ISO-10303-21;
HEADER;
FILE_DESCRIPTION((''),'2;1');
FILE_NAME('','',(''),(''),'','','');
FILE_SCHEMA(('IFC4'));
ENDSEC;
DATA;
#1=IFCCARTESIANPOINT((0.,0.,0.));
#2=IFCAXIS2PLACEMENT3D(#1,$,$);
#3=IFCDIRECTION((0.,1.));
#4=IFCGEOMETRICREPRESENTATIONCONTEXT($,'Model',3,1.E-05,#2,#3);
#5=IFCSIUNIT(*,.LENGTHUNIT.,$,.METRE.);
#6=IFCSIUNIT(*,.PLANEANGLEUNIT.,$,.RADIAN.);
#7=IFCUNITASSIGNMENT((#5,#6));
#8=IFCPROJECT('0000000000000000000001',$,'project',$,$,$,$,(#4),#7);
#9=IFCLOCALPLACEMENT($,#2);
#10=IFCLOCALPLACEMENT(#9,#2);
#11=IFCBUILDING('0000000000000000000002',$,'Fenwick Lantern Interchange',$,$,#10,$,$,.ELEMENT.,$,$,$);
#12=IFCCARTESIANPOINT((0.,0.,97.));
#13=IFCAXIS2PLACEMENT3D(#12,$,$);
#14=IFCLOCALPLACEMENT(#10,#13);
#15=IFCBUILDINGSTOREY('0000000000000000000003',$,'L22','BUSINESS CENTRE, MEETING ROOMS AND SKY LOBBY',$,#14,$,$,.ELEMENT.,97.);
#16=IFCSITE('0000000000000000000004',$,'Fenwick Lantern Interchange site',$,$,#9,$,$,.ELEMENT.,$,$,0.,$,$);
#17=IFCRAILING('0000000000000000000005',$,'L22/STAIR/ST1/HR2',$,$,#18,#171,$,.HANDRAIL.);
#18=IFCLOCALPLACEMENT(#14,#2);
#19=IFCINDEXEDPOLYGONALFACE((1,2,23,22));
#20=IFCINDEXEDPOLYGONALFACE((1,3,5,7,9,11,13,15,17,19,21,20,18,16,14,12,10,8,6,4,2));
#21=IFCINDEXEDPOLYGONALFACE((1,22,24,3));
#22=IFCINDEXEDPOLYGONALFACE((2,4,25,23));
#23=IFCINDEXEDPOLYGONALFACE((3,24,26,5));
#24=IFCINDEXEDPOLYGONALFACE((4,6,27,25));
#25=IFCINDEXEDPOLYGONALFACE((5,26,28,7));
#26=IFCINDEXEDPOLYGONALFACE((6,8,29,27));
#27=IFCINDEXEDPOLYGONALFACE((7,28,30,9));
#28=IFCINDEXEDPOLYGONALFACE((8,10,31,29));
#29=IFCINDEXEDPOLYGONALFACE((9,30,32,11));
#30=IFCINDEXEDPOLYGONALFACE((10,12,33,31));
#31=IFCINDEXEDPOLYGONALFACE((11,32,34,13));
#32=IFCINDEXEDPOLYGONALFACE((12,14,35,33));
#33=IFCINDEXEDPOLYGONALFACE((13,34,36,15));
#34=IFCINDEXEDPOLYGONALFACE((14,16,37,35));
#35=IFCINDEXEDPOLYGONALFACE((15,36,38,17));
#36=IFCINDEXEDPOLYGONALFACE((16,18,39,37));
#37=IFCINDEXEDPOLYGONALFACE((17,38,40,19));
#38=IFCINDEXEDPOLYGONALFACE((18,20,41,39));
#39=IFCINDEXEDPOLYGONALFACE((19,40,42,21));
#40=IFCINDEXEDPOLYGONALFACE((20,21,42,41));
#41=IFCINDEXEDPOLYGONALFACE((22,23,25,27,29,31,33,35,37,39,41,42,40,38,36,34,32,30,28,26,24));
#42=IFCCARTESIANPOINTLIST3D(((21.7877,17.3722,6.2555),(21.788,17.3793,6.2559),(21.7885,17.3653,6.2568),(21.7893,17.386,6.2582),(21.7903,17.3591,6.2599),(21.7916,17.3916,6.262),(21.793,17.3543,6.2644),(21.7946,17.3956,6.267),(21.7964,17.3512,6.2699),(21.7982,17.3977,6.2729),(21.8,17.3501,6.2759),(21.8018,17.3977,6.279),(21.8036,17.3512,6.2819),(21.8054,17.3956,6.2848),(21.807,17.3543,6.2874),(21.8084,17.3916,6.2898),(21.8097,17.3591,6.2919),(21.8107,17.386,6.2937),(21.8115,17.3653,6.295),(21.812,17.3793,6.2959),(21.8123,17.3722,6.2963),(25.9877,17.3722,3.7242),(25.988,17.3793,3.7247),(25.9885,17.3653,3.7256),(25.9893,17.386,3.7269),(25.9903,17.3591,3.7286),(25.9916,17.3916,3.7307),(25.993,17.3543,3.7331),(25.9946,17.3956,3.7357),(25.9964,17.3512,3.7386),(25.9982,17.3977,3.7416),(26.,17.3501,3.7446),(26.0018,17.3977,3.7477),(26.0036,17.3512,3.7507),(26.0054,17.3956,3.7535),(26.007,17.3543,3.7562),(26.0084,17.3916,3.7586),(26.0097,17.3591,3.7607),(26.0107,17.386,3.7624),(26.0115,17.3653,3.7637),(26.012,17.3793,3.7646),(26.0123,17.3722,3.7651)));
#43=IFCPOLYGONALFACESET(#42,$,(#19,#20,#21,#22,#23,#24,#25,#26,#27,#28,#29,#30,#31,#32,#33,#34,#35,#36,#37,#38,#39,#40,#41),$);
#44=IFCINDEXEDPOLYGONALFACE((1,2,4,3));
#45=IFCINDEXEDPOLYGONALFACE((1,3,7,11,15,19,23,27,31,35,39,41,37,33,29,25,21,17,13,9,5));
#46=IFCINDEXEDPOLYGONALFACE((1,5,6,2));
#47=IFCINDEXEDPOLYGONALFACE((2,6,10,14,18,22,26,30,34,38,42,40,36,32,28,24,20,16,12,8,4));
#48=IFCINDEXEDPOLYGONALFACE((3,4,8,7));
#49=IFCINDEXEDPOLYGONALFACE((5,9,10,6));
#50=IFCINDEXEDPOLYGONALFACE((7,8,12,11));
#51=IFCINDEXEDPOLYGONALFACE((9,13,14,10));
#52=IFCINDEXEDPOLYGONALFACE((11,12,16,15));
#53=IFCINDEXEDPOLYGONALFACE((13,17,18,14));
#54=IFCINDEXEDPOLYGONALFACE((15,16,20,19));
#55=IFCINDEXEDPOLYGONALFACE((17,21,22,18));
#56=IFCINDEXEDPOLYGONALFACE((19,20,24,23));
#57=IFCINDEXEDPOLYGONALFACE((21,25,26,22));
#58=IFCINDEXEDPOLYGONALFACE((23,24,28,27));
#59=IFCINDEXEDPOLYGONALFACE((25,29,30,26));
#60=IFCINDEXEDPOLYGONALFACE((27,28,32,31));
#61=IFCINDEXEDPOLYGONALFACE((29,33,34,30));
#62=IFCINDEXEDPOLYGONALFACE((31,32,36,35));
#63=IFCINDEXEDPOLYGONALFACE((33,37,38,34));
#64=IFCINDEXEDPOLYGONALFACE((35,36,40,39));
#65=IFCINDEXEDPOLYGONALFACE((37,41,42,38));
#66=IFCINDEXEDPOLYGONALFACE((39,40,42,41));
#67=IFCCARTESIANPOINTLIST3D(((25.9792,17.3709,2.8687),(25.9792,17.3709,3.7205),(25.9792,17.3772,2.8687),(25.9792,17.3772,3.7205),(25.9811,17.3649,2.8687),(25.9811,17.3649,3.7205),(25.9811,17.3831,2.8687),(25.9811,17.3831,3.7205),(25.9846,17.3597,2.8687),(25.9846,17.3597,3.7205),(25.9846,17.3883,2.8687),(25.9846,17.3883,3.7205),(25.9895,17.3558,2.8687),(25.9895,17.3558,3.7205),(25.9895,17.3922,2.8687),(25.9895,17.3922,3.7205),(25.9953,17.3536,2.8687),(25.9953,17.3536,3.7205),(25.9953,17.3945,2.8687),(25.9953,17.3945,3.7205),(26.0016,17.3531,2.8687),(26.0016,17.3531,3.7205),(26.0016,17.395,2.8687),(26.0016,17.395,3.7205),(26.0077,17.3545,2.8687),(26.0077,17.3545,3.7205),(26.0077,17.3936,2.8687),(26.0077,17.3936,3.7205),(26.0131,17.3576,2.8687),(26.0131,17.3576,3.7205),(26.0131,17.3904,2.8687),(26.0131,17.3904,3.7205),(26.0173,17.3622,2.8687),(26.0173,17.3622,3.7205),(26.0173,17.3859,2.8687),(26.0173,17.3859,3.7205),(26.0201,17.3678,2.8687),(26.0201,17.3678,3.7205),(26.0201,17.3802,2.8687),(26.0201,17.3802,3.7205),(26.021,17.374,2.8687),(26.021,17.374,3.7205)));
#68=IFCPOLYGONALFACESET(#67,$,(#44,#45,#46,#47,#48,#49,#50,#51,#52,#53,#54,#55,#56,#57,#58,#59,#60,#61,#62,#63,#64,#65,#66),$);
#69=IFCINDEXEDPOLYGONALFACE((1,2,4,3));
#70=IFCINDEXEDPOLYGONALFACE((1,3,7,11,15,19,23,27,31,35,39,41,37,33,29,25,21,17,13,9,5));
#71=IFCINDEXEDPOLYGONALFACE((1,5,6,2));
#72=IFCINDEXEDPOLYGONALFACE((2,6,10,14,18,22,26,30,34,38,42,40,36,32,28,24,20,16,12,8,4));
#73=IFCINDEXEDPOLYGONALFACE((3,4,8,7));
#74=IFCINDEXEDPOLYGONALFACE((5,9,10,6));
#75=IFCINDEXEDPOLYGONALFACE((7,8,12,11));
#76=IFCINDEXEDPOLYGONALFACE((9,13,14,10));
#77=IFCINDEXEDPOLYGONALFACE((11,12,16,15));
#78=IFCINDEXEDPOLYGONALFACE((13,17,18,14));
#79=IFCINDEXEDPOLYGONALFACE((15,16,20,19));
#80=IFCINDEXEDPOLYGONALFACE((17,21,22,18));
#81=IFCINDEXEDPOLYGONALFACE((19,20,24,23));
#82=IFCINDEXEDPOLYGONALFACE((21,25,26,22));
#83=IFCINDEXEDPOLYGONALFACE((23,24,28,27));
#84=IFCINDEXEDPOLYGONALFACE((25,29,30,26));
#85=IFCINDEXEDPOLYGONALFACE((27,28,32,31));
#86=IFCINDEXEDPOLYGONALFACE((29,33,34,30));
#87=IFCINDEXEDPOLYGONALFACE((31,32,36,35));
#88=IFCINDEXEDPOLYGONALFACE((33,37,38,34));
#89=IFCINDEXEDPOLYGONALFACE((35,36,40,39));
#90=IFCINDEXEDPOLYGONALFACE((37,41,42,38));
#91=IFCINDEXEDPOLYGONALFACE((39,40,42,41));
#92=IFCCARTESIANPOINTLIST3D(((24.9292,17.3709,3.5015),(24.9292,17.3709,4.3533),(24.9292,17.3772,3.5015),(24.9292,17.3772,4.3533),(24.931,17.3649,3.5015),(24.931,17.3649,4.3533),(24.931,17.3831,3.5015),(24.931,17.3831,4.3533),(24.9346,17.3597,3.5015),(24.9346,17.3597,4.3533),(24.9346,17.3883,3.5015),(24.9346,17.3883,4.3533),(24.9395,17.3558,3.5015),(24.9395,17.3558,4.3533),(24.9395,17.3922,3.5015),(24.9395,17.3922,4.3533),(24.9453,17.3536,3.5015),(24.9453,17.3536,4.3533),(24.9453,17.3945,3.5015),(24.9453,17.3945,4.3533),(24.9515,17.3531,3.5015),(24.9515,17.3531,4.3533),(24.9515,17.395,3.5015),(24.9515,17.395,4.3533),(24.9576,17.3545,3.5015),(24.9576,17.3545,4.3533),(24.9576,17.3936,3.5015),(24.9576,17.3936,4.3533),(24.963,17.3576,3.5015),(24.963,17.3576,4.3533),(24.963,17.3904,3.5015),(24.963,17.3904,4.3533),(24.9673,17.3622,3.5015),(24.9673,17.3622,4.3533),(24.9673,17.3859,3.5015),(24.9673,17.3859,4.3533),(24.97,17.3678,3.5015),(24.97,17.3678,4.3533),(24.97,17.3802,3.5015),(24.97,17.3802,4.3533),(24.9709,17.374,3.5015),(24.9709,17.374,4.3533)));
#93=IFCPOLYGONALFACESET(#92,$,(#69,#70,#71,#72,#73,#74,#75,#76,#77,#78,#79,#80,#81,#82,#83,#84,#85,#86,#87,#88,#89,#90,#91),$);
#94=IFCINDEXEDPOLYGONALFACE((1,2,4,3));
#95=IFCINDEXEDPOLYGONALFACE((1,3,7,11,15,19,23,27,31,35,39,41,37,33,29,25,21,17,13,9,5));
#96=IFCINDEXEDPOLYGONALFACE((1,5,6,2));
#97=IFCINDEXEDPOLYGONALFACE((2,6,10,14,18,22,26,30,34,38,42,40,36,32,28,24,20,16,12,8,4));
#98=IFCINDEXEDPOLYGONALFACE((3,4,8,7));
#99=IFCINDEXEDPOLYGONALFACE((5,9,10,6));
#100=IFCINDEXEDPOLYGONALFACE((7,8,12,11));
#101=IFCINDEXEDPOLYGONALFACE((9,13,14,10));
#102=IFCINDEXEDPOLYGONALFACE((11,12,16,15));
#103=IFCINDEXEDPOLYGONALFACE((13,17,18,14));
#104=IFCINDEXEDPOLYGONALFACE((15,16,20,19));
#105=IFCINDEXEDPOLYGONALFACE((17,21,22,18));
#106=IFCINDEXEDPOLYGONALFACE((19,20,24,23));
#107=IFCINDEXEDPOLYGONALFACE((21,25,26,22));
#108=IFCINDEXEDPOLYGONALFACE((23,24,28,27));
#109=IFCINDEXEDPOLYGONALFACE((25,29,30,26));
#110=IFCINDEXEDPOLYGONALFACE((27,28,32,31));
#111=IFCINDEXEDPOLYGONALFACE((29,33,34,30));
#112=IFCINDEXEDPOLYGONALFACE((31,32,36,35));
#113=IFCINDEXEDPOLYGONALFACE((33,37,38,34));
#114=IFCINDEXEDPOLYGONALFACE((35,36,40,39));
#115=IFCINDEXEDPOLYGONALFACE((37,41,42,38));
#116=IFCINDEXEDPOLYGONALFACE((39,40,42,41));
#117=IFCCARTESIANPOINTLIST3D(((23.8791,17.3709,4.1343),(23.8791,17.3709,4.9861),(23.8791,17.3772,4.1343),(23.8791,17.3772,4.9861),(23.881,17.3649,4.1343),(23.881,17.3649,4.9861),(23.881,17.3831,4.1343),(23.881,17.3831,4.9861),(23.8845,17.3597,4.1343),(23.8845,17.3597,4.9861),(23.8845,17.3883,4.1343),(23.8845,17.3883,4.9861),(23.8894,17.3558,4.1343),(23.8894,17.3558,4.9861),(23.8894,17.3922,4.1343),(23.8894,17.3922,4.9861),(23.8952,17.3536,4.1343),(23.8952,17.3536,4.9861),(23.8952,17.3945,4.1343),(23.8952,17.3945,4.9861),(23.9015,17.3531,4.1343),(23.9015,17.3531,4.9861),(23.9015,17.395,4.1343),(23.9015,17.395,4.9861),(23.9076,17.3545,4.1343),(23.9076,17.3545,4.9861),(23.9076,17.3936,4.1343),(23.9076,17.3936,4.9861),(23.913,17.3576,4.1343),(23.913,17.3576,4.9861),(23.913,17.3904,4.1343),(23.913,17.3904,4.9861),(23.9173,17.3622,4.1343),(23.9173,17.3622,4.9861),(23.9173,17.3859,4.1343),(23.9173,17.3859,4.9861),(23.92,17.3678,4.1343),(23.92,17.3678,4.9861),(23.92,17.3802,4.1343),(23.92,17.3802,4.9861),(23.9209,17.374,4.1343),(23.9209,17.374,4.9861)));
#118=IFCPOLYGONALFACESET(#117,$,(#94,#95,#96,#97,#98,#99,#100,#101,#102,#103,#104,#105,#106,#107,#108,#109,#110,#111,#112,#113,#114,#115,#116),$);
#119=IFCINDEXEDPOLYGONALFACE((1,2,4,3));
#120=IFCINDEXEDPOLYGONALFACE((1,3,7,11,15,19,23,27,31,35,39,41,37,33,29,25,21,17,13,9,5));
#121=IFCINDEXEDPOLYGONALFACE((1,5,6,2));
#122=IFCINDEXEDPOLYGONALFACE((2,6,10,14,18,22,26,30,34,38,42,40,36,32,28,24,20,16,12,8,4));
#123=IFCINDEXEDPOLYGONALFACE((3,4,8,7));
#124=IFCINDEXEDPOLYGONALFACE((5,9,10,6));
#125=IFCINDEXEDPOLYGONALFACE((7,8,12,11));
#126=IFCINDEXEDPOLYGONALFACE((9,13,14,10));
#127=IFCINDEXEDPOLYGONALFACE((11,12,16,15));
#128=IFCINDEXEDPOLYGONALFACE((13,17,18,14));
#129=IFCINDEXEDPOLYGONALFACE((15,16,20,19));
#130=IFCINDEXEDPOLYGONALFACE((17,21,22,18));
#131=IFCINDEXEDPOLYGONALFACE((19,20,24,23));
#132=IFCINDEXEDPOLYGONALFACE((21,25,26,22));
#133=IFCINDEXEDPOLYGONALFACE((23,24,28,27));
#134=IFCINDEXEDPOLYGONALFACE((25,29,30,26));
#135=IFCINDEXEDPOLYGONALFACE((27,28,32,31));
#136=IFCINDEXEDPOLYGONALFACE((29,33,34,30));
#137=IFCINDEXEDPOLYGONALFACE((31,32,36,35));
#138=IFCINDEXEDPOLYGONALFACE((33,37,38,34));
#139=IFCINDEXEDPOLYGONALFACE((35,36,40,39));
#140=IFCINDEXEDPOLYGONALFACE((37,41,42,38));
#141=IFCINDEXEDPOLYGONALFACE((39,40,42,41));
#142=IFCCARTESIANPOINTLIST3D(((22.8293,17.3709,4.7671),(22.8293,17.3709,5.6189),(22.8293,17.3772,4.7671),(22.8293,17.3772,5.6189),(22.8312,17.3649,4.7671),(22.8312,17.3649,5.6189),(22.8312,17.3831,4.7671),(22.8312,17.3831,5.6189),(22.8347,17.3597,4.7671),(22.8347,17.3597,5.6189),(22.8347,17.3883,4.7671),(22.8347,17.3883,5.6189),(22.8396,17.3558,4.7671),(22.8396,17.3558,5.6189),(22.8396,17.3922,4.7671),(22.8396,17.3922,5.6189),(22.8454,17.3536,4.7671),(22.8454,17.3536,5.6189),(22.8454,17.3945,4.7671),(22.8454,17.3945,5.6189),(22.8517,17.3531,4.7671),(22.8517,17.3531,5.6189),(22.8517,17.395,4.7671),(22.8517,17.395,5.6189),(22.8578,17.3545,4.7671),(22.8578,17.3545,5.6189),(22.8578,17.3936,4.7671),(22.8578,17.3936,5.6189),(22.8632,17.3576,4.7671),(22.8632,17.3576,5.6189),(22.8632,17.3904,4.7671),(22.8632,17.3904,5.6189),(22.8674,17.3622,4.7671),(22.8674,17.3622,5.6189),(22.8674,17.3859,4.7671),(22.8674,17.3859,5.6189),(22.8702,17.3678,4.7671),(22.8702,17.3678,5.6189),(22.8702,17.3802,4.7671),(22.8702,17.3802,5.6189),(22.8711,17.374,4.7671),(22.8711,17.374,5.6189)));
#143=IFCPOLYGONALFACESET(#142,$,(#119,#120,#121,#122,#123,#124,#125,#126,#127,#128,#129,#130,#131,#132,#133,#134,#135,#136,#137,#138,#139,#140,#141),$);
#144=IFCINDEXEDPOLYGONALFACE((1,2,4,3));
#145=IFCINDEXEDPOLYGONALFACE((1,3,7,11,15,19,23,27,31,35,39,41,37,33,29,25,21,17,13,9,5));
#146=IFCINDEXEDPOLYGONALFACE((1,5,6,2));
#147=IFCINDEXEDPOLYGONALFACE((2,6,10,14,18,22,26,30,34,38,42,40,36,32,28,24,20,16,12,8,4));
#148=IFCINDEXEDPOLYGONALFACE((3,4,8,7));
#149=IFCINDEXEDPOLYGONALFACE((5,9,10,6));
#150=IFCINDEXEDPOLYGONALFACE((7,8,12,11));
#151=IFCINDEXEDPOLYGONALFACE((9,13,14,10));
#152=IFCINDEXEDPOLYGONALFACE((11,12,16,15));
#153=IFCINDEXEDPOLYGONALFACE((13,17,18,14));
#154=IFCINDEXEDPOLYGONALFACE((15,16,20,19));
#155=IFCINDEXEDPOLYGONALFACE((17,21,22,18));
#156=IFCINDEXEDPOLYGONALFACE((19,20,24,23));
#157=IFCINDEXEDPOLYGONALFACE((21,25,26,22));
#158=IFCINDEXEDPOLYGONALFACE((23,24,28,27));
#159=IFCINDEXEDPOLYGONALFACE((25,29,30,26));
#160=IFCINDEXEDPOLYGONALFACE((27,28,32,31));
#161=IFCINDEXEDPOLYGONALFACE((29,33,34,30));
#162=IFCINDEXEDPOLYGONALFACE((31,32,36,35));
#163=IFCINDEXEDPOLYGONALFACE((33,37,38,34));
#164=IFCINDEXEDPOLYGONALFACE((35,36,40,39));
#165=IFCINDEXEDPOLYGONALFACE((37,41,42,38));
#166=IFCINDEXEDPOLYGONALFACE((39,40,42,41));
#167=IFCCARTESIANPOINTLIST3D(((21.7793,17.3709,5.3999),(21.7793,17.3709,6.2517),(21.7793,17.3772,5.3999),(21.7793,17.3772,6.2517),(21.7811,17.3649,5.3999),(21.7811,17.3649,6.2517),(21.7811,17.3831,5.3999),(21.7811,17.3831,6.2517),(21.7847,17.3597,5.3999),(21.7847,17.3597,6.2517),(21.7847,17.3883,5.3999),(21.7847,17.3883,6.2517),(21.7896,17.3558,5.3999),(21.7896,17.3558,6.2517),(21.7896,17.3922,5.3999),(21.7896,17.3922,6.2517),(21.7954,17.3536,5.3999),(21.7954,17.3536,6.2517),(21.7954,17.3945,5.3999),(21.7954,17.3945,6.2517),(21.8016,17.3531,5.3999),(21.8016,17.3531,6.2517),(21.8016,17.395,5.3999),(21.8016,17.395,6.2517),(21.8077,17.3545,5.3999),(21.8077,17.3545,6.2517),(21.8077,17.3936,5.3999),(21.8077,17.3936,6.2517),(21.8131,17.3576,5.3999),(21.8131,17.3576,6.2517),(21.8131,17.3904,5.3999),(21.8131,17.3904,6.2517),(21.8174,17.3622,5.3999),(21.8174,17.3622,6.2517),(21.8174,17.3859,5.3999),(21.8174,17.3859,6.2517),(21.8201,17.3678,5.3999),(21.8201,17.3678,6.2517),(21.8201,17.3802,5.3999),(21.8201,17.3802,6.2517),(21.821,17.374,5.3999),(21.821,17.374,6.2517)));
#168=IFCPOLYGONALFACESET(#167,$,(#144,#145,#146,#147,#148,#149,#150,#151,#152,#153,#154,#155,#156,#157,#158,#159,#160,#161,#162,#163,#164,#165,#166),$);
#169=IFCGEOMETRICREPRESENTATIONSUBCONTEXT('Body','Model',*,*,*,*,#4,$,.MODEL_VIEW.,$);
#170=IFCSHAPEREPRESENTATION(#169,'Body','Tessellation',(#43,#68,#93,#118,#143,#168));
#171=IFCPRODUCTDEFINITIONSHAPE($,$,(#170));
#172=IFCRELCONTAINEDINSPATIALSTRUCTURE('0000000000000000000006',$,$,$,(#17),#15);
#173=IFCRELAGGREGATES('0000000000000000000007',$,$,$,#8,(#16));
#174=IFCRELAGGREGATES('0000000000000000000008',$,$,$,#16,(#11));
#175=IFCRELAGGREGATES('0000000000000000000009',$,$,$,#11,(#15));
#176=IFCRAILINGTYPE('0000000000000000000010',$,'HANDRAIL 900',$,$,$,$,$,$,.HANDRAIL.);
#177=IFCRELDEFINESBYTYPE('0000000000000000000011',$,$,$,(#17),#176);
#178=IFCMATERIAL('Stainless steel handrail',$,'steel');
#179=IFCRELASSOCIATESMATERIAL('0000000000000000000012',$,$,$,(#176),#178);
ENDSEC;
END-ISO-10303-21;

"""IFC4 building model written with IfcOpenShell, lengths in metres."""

from ifc_helpers import new_model, si_unit, direction, frame, origin, origin_2d, place, context, subcontext, project, spatial, circle, extrude, material, type_object, element, save


model = new_model("IFC4")

# Units and contexts
model_context = context("Model", 3, precision=1e-05, world=origin(), true_north=direction((0.0, 1.0)))
body_context = subcontext(model_context, "Body", "Model", "MODEL_VIEW")
ifc_project = project(units=[si_unit("LENGTHUNIT", "METRE"), si_unit("PLANEANGLEUNIT", "RADIAN")], contexts=[model_context])

# Site, building, storey
site_placement = place(None, origin())
site = spatial("IfcSite", under=ifc_project, at=site_placement, Name="Fenwick Lantern Interchange site", CompositionType="ELEMENT", RefElevation=0.0)
building_placement = place(site_placement, origin())
building = spatial("IfcBuilding", under=site, at=building_placement, Name="Fenwick Lantern Interchange", CompositionType="ELEMENT")
storey_placement = place(building_placement, frame((0.0, 0.0, 97.0)))
storey = spatial("IfcBuildingStorey", under=building, at=storey_placement, Name="L22", Description="BUSINESS CENTRE, MEETING ROOMS AND SKY LOBBY", CompositionType="ELEMENT", Elevation=97.0)

# Railing
ifc_material_1 = material(Name="Stainless steel handrail", Category="steel")
railing_type = type_object("IfcRailingType", Name="HANDRAIL 900", PredefinedType="HANDRAIL", material=ifc_material_1)
railing_1_placement = place(storey_placement, frame((26.0, 17.374, 2.8687)))
element("IfcRailing", 1, at=railing_1_placement, inside=storey, type_object=railing_type, Name="L22/STAIR/ST1/HR2", PredefinedType="HANDRAIL", context=body_context, shape_type="SweptSolid", body=[
    extrude(circle(Radius=0.0239, at=origin_2d()), frame((0.0, 0.0, 0.876), z_axis=(-0.856476, 0.0, 0.516186), x_axis=(0.0, -1.0, 0.0)), (0.0, 0.0, 1.0), 4.9038),
    extrude(circle(Radius=0.021, at=origin_2d()), origin(), (0.0, 0.0, 1.0), 0.8518),
    extrude(circle(Radius=0.021, at=origin_2d()), frame((-1.05, 0.0, 0.6328)), (0.0, 0.0, 1.0), 0.8518),
    extrude(circle(Radius=0.021, at=origin_2d()), frame((-2.1001, 0.0, 1.2656)), (0.0, 0.0, 1.0), 0.8518),
    extrude(circle(Radius=0.021, at=origin_2d()), frame((-3.1499, 0.0, 1.8984)), (0.0, 0.0, 1.0), 0.8518),
    extrude(circle(Radius=0.021, at=origin_2d()), frame((-4.2, 0.0, 2.5312)), (0.0, 0.0, 1.0), 0.8518),
])

save(model, "model.ifc")
